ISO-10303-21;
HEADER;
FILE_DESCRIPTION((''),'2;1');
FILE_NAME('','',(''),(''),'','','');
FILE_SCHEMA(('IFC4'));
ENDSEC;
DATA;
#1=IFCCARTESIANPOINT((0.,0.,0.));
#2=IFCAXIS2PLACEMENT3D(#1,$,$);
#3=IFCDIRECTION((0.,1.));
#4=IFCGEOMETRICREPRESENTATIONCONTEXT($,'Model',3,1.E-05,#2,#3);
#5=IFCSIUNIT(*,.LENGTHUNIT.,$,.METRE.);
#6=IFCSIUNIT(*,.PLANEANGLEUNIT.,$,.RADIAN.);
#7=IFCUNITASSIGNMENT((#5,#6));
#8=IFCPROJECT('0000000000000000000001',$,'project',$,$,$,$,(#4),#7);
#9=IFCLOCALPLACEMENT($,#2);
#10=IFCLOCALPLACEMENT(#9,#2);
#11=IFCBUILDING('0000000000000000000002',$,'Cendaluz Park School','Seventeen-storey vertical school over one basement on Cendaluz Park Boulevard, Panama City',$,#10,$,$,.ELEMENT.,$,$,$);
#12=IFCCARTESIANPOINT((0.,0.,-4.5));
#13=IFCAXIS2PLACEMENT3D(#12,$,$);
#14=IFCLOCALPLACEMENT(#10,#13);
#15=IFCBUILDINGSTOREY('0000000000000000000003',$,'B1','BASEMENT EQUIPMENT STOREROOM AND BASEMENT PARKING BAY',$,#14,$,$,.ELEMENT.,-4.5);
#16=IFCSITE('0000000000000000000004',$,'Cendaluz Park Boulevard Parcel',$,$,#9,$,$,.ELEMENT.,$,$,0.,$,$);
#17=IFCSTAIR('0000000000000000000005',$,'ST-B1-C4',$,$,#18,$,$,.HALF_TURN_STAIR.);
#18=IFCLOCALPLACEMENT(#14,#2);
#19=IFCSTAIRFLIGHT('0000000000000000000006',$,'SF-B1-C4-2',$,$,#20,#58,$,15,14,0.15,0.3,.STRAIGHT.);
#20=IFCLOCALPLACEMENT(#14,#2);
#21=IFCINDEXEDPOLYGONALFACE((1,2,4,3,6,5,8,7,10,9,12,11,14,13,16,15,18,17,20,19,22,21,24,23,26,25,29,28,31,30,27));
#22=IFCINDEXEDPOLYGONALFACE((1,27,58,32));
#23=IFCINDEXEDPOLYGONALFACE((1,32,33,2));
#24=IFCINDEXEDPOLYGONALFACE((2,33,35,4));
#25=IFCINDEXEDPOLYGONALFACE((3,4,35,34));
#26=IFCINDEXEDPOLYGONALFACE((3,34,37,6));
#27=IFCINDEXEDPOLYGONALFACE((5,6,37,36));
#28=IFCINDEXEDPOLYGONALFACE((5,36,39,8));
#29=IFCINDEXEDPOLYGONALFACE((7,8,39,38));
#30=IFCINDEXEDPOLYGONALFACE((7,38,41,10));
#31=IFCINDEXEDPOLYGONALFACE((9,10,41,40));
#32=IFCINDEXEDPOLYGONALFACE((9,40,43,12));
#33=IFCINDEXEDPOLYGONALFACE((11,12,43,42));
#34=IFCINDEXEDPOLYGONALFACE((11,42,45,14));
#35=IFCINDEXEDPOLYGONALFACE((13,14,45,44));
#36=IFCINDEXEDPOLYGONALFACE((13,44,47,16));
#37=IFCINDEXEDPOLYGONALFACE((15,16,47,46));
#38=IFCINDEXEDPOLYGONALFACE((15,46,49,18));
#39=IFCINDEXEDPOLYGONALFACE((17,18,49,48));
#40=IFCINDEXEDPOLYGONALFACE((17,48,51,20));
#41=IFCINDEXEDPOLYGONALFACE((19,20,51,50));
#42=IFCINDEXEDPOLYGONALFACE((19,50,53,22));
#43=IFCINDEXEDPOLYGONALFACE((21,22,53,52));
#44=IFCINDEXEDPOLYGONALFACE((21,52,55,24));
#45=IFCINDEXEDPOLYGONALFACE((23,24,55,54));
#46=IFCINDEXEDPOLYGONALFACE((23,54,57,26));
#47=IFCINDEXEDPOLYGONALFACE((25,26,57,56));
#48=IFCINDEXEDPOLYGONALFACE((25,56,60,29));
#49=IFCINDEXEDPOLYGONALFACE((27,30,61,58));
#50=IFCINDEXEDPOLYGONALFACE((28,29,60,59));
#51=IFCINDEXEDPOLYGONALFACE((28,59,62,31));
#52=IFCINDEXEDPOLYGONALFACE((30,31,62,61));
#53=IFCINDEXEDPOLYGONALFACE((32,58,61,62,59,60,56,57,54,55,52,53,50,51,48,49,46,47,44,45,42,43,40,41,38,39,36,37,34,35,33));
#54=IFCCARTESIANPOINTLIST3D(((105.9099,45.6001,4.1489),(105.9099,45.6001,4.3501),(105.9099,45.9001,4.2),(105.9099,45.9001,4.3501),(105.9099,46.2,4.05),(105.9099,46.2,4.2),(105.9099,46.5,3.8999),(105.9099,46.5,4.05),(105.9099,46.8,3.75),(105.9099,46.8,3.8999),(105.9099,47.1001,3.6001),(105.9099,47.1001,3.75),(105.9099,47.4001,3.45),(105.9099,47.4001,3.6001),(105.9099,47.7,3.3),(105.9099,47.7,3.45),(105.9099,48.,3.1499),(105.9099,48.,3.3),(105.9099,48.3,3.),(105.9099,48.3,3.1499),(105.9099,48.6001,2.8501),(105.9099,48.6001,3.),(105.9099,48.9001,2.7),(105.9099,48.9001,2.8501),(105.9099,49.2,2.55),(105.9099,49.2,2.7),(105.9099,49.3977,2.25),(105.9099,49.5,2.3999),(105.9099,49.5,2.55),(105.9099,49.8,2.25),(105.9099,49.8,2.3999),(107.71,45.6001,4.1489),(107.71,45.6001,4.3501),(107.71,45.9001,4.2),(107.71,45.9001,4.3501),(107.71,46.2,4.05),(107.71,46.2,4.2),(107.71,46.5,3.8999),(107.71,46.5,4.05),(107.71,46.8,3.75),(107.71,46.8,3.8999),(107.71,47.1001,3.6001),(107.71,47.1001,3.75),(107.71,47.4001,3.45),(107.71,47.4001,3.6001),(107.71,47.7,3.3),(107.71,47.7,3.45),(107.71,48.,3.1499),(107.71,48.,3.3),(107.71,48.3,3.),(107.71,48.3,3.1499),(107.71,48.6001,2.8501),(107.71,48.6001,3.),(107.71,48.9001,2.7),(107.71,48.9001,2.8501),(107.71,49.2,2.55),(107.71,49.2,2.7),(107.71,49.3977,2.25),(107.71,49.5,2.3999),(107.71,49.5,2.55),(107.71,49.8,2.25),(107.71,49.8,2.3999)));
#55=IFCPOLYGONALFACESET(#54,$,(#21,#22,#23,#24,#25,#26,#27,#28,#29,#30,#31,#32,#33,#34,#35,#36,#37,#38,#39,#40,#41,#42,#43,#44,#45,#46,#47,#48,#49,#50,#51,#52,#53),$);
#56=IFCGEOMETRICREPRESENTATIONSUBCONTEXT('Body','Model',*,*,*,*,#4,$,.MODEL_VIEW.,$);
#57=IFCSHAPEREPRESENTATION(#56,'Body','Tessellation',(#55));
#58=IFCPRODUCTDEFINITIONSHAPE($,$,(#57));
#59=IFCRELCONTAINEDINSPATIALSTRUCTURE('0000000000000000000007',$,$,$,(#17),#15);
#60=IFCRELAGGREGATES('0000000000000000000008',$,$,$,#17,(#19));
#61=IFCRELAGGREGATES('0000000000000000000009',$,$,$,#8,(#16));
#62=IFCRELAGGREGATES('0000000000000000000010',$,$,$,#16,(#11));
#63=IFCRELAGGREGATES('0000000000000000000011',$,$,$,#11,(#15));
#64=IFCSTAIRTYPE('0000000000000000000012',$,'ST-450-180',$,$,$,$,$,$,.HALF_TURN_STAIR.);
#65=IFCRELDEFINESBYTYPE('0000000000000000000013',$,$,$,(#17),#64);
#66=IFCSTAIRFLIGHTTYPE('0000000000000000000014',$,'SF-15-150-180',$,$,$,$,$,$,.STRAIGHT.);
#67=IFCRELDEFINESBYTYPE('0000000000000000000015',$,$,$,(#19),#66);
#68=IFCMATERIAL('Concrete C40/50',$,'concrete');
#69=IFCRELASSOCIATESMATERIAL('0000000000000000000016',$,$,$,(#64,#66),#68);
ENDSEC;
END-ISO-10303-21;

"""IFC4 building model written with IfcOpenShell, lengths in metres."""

from ifc_helpers import new_model, si_unit, direction, frame, origin, place, context, subcontext, project, spatial, polyline, outline, extrude, material, type_object, element, aggregate, save


model = new_model("IFC4")

# Units and contexts
model_context = context("Model", 3, precision=1e-05, world=origin(), true_north=direction((0.0, 1.0)))
body_context = subcontext(model_context, "Body", "Model", "MODEL_VIEW")
ifc_project = project(units=[si_unit("LENGTHUNIT", "METRE"), si_unit("PLANEANGLEUNIT", "RADIAN")], contexts=[model_context])

# Site, building, storey
site_placement = place(None, origin())
site = spatial("IfcSite", under=ifc_project, at=site_placement, Name="Cendaluz Park Boulevard Parcel", CompositionType="ELEMENT", RefElevation=0.0)
building_placement = place(site_placement, origin())
building = spatial("IfcBuilding", under=site, at=building_placement, Name="Cendaluz Park School", Description="Seventeen-storey vertical school over one basement on Cendaluz Park Boulevard, Panama City", CompositionType="ELEMENT")
storey_placement = place(building_placement, frame((0.0, 0.0, -4.5)))
storey = spatial("IfcBuildingStorey", under=building, at=storey_placement, Name="B1", Description="BASEMENT EQUIPMENT STOREROOM AND BASEMENT PARKING BAY", CompositionType="ELEMENT", Elevation=-4.5)

# Shared definitions
ifc_material_1 = material(Name="Concrete C40/50", Category="concrete")

# Stair, stair flight
stair_type = type_object("IfcStairType", Name="ST-450-180", PredefinedType="HALF_TURN_STAIR", material=ifc_material_1)
stair_placement = place(storey_placement, origin())
stair = element("IfcStair", 1, at=stair_placement, inside=storey, type_object=stair_type, Name="ST-B1-C4", PredefinedType="HALF_TURN_STAIR")
stair_flight_type = type_object("IfcStairFlightType", Name="SF-15-150-180", PredefinedType="STRAIGHT", material=ifc_material_1)
stair_flight_1_placement = place(storey_placement, frame((106.8101, 49.8, 2.25), z_axis=(0.0, 0.0, 1.0), x_axis=(0.0, -1.0, 0.0)))
stair_flight_1 = element("IfcStairFlight", 2, at=stair_flight_1_placement, type_object=stair_flight_type, Name="SF-B1-C4-2", NumberOfRisers=15, NumberOfTreads=14, PredefinedType="STRAIGHT", RiserHeight=0.15, TreadLength=0.3, context=body_context, shape_type="SweptSolid", body=[
    extrude(outline(polyline([(0.0, 0.0), (0.0, 0.1499), (0.3, 0.1499), (0.3, 0.3), (0.6001, 0.3), (0.6001, 0.45), (0.8999, 0.45), (0.8999, 0.6001), (1.2, 0.6001), (1.2, 0.75), (1.5, 0.75), (1.5, 0.8999), (1.8, 0.8999), (1.8, 1.05), (2.1001, 1.05), (2.1001, 1.2), (2.3999, 1.2), (2.3999, 1.3501), (2.7, 1.3501), (2.7, 1.5), (3.0, 1.5), (3.0, 1.6499), (3.3, 1.6499), (3.3, 1.8), (3.6001, 1.8), (3.6001, 1.95), (3.8999, 1.95), (3.8999, 2.1001), (4.2, 2.1001), (4.2, 2.25), (4.2, 1.8989), (0.4023, 0.0), (0.0, 0.0)])), frame((0.0, 0.8999, 0.0), z_axis=(0.0, -1.0, 0.0), x_axis=(1.0, 0.0, 0.0)), (0.0, 0.0, 1.0), 1.8),
])
aggregate(stair, [stair_flight_1])

save(model, "model.ifc")
